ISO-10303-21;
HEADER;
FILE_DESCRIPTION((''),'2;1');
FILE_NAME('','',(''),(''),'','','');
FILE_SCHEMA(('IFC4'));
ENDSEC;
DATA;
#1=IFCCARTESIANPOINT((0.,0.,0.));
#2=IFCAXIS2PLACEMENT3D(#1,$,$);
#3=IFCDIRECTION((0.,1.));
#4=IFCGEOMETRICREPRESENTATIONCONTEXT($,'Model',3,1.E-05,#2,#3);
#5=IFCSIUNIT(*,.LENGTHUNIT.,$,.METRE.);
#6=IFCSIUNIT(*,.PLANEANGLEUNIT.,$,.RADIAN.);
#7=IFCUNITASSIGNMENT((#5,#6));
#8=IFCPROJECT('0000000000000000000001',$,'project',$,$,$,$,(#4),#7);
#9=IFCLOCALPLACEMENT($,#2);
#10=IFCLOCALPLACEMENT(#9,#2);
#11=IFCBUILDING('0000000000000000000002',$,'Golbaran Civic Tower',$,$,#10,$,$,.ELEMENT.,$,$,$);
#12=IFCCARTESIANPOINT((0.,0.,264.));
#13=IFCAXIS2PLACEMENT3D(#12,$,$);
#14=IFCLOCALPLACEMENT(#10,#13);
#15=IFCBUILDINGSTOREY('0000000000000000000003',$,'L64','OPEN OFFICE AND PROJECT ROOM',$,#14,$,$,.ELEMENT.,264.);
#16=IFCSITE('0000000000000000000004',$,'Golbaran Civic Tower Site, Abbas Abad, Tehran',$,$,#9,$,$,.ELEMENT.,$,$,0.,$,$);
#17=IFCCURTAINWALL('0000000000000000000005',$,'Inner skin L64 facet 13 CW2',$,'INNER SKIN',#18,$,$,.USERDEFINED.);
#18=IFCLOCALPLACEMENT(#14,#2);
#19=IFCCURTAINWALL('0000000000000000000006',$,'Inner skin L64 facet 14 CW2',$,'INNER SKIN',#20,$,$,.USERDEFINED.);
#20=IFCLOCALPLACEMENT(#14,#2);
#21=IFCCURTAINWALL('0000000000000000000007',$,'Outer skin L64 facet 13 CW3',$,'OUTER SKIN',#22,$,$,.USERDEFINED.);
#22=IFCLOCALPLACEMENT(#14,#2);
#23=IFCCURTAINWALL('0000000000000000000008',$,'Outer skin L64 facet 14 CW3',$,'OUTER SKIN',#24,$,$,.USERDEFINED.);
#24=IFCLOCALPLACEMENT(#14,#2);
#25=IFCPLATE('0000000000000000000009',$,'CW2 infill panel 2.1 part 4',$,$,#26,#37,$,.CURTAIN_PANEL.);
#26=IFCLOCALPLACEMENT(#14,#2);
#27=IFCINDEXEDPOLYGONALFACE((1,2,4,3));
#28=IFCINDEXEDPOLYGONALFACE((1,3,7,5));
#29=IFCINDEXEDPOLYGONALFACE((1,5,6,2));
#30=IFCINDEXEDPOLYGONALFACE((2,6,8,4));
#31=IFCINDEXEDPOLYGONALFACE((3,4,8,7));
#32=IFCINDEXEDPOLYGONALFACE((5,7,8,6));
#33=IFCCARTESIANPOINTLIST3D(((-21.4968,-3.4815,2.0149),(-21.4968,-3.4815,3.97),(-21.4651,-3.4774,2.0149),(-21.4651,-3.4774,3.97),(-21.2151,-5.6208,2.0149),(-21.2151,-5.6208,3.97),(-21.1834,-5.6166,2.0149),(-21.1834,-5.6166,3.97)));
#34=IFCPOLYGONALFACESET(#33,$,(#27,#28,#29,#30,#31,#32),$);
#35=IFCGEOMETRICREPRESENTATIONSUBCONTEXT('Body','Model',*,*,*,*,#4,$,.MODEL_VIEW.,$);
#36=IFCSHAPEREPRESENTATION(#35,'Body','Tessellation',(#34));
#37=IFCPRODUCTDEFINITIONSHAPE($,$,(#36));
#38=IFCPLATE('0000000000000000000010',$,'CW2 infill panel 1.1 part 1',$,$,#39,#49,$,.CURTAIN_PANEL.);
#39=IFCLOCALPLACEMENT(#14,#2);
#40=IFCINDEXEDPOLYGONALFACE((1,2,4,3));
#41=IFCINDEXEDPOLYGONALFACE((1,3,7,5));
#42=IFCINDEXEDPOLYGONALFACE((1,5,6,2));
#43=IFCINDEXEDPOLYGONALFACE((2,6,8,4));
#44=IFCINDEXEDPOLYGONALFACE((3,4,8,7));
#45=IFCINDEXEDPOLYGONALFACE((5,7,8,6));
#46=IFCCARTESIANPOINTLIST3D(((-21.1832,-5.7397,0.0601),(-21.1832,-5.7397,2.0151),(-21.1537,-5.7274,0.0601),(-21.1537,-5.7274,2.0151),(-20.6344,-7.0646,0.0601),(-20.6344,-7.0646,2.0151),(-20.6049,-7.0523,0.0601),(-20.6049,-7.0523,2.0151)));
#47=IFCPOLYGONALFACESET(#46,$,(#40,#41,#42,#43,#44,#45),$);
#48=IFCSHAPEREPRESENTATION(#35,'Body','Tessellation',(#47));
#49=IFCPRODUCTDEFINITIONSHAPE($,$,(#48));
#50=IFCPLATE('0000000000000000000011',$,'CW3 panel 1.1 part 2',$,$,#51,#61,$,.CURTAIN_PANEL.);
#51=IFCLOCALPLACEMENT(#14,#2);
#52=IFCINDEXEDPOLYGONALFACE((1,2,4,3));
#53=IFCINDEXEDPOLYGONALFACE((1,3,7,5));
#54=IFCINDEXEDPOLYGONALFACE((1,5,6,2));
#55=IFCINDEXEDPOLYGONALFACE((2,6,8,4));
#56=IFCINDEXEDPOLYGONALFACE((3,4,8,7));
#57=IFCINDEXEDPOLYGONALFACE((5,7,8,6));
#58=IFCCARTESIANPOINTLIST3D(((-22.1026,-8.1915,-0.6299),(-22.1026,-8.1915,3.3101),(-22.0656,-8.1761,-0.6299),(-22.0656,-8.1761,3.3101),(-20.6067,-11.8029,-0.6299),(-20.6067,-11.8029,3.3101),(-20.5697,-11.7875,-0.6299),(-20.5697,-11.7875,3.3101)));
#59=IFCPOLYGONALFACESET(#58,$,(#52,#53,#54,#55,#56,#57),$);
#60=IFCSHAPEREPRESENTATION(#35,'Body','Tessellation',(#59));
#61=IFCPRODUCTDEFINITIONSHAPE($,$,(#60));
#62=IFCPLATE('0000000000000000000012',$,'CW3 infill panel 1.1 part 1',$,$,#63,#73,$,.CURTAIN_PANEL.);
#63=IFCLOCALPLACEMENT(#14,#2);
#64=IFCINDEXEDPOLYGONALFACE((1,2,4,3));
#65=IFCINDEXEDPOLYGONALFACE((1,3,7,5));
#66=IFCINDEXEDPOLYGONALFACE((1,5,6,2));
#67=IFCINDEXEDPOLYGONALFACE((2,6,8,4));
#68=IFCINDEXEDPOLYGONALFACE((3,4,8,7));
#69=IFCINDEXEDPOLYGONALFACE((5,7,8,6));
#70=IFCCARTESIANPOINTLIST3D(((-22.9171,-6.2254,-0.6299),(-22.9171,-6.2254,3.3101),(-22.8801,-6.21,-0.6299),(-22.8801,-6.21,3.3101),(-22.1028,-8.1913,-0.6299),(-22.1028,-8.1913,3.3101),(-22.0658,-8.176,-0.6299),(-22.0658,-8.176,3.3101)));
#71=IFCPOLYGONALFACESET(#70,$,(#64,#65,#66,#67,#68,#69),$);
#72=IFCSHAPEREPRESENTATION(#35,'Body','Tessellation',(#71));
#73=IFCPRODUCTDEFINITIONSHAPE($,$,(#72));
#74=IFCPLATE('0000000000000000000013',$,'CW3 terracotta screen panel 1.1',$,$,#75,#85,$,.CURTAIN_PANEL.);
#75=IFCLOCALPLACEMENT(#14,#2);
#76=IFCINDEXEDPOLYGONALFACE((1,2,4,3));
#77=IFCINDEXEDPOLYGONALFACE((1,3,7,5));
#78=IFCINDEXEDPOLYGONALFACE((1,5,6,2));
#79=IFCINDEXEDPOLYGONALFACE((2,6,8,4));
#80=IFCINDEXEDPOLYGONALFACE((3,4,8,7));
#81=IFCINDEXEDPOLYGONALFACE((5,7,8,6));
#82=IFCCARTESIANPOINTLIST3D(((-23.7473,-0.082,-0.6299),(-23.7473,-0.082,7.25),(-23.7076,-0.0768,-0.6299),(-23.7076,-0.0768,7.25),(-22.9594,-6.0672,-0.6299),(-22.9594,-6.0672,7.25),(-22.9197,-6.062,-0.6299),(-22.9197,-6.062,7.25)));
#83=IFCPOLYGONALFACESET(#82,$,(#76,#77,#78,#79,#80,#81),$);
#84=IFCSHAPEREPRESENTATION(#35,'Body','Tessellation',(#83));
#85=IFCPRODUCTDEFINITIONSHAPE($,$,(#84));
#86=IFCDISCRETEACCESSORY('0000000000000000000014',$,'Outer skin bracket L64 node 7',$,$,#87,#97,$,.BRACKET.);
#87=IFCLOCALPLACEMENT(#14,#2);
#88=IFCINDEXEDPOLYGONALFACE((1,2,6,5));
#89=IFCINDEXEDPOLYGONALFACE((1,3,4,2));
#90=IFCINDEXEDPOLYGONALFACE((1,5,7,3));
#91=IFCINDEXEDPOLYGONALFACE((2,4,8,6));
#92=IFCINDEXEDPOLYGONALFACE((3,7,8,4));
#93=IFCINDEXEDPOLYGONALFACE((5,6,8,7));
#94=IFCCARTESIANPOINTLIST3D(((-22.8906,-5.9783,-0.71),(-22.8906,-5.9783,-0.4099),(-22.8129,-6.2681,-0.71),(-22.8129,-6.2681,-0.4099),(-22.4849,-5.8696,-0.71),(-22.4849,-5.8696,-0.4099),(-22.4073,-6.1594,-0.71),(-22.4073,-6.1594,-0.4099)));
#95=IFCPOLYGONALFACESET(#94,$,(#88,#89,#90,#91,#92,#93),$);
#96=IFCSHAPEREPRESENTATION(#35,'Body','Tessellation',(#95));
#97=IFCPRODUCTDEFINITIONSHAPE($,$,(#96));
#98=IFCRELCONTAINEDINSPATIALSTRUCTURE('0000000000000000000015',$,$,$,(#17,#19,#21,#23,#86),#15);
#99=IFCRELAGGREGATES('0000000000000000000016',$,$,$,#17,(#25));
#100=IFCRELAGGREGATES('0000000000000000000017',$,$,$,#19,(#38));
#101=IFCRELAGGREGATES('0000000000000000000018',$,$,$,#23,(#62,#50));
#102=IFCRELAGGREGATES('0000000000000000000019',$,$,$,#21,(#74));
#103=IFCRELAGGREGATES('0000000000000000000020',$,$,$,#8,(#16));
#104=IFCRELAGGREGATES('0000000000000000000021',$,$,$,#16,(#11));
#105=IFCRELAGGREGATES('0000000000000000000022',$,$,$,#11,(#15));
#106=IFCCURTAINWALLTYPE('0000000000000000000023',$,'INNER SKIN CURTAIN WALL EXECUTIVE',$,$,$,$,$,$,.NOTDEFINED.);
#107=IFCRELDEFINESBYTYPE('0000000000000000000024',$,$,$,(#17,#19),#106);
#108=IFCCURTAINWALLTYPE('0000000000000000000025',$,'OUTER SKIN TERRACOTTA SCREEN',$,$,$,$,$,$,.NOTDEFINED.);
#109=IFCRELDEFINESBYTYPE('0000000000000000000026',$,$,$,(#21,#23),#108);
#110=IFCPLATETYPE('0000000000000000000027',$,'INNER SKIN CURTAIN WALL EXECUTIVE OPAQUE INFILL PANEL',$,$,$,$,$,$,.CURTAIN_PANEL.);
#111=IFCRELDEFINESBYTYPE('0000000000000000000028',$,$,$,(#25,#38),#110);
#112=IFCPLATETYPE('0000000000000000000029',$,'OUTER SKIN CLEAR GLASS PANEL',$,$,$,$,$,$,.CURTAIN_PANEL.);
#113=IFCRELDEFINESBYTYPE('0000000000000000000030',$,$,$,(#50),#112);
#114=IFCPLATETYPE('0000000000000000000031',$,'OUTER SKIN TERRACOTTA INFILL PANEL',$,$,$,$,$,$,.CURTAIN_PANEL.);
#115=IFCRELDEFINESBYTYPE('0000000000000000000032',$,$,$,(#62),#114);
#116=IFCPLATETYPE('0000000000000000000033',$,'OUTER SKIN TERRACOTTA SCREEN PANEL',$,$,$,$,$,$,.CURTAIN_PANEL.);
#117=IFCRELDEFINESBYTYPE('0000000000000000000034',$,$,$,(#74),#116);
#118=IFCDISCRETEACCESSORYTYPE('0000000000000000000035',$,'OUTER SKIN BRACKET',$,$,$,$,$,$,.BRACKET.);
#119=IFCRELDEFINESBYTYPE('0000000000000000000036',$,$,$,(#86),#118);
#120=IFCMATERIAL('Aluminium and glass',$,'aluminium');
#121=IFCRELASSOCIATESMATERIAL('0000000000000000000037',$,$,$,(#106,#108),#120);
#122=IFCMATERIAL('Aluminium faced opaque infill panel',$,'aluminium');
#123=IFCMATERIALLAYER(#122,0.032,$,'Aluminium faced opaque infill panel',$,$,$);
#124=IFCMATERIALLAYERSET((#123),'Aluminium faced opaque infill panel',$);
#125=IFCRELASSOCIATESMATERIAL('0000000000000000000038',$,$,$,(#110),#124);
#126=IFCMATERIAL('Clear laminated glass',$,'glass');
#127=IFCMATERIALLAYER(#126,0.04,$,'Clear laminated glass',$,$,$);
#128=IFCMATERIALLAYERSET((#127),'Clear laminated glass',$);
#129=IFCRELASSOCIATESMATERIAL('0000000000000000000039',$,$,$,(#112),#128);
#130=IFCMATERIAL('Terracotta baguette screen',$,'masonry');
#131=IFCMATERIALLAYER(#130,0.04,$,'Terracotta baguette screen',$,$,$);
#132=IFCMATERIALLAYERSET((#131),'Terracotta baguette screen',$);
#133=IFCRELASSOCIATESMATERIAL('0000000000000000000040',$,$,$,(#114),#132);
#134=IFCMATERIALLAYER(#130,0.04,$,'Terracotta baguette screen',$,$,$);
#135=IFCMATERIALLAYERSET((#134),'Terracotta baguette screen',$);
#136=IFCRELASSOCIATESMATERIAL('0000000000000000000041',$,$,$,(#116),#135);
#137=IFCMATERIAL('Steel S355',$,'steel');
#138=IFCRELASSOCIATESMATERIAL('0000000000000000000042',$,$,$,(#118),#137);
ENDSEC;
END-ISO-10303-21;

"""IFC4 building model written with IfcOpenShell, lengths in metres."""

from ifc_helpers import new_model, si_unit, direction, frame, origin, origin_2d, place, context, subcontext, project, spatial, rectangle, extrude, material, layer, layer_set, type_object, element, aggregate, save


model = new_model("IFC4")

# Units and contexts
model_context = context("Model", 3, precision=1e-05, world=origin(), true_north=direction((0.0, 1.0)))
body_context = subcontext(model_context, "Body", "Model", "MODEL_VIEW")
ifc_project = project(units=[si_unit("LENGTHUNIT", "METRE"), si_unit("PLANEANGLEUNIT", "RADIAN")], contexts=[model_context])

# Site, building, storey
site_placement = place(None, origin())
site = spatial("IfcSite", under=ifc_project, at=site_placement, Name="Golbaran Civic Tower Site, Abbas Abad, Tehran", CompositionType="ELEMENT", RefElevation=0.0)
building_placement = place(site_placement, origin())
building = spatial("IfcBuilding", under=site, at=building_placement, Name="Golbaran Civic Tower", CompositionType="ELEMENT")
storey_placement = place(building_placement, frame((0.0, 0.0, 264.0)))
storey = spatial("IfcBuildingStorey", under=building, at=storey_placement, Name="L64", Description="OPEN OFFICE AND PROJECT ROOM", CompositionType="ELEMENT", Elevation=264.0)

# Shared definitions
ifc_material_1 = material(Name="Steel S355", Category="steel")

# Shared definitions
ifc_material_2 = material(Name="Aluminium and glass", Category="aluminium")
curtain_wall_type_1 = type_object("IfcCurtainWallType", Name="INNER SKIN CURTAIN WALL EXECUTIVE", PredefinedType="NOTDEFINED", material=ifc_material_2)

# Curtain wall
curtain_wall_1_placement = place(storey_placement, origin())
curtain_wall_1 = element("IfcCurtainWall", 1, at=curtain_wall_1_placement, inside=storey, type_object=curtain_wall_type_1, Name="Inner skin L64 facet 13 CW2", ObjectType="INNER SKIN", PredefinedType="USERDEFINED")

# Curtain wall
curtain_wall_2_placement = place(storey_placement, origin())
curtain_wall_2 = element("IfcCurtainWall", 2, at=curtain_wall_2_placement, inside=storey, type_object=curtain_wall_type_1, Name="Inner skin L64 facet 14 CW2", ObjectType="INNER SKIN", PredefinedType="USERDEFINED")

# Curtain walls
curtain_wall_type_2 = type_object("IfcCurtainWallType", Name="OUTER SKIN TERRACOTTA SCREEN", PredefinedType="NOTDEFINED", material=ifc_material_2)
curtain_wall_3_placement = place(storey_placement, origin())
curtain_wall_3 = element("IfcCurtainWall", 3, at=curtain_wall_3_placement, inside=storey, type_object=curtain_wall_type_2, Name="Outer skin L64 facet 13 CW3", ObjectType="OUTER SKIN", PredefinedType="USERDEFINED")
curtain_wall_4_placement = place(storey_placement, origin())
curtain_wall_4 = element("IfcCurtainWall", 4, at=curtain_wall_4_placement, inside=storey, type_object=curtain_wall_type_2, Name="Outer skin L64 facet 14 CW3", ObjectType="OUTER SKIN", PredefinedType="USERDEFINED")

# Plates
ifc_material_3 = material(Name="Aluminium faced opaque infill panel", Category="aluminium")
ifc_layer_1 = layer(ifc_material_3, 0.032, Name="Aluminium faced opaque infill panel")
ifc_layer_set_1 = layer_set([ifc_layer_1], Name="Aluminium faced opaque infill panel")
plate_type_1 = type_object("IfcPlateType", Name="INNER SKIN CURTAIN WALL EXECUTIVE OPAQUE INFILL PANEL", PredefinedType="CURTAIN_PANEL", material=ifc_layer_set_1)
plate_1_placement = place(storey_placement, frame((-21.3401, -4.5491, 2.0149), z_axis=(0.0, 0.0, 1.0), x_axis=(0.130526, -0.991445, 0.0)))
plate_1 = element("IfcPlate", 5, at=plate_1_placement, type_object=plate_type_1, Name="CW2 infill panel 2.1 part 4", PredefinedType="CURTAIN_PANEL", context=body_context, shape_type="SweptSolid", body=[
    extrude(rectangle(XDim=2.1577, YDim=0.032, at=origin_2d()), origin(), (0.0, 0.0, 1.0), 1.9551),
])
aggregate(curtain_wall_1, [plate_1])
plate_2_placement = place(storey_placement, frame((-20.894, -6.396, 0.0601), z_axis=(0.0, 0.0, 1.0), x_axis=(0.382683, -0.92388, 0.0)))
plate_2 = element("IfcPlate", 6, at=plate_2_placement, type_object=plate_type_1, Name="CW2 infill panel 1.1 part 1", PredefinedType="CURTAIN_PANEL", context=body_context, shape_type="SweptSolid", body=[
    extrude(rectangle(XDim=1.4341, YDim=0.032, at=origin_2d()), origin(), (0.0, 0.0, 1.0), 1.9551),
])
aggregate(curtain_wall_2, [plate_2])
ifc_material_4 = material(Name="Clear laminated glass", Category="glass")
ifc_layer_2 = layer(ifc_material_4, 0.04, Name="Clear laminated glass")
ifc_layer_set_2 = layer_set([ifc_layer_2], Name="Clear laminated glass")
plate_type_2 = type_object("IfcPlateType", Name="OUTER SKIN CLEAR GLASS PANEL", PredefinedType="CURTAIN_PANEL", material=ifc_layer_set_2)
plate_3_placement = place(storey_placement, frame((-21.3362, -9.9895, -0.6299), z_axis=(0.0, 0.0, 1.0), x_axis=(0.382683, -0.92388, 0.0)))
plate_3 = element("IfcPlate", 7, at=plate_3_placement, type_object=plate_type_2, Name="CW3 panel 1.1 part 2", PredefinedType="CURTAIN_PANEL", context=body_context, shape_type="SweptSolid", body=[
    extrude(rectangle(XDim=3.9089, YDim=0.04, at=origin_2d()), origin(), (0.0, 0.0, 1.0), 3.9399),
])
ifc_material_5 = material(Name="Terracotta baguette screen", Category="masonry")
ifc_layer_3 = layer(ifc_material_5, 0.04, Name="Terracotta baguette screen")
ifc_layer_set_3 = layer_set([ifc_layer_3], Name="Terracotta baguette screen")
plate_type_3 = type_object("IfcPlateType", Name="OUTER SKIN TERRACOTTA INFILL PANEL", PredefinedType="CURTAIN_PANEL", material=ifc_layer_set_3)
plate_4_placement = place(storey_placement, frame((-22.4915, -7.2007, -0.6299), z_axis=(0.0, 0.0, 1.0), x_axis=(0.382683, -0.92388, 0.0)))
plate_4 = element("IfcPlate", 8, at=plate_4_placement, type_object=plate_type_3, Name="CW3 infill panel 1.1 part 1", PredefinedType="CURTAIN_PANEL", context=body_context, shape_type="SweptSolid", body=[
    extrude(rectangle(XDim=2.1279, YDim=0.04, at=origin_2d()), origin(), (0.0, 0.0, 1.0), 3.9399),
])
aggregate(curtain_wall_4, [plate_4, plate_3])
ifc_layer_4 = layer(ifc_material_5, 0.04, Name="Terracotta baguette screen")
ifc_layer_set_4 = layer_set([ifc_layer_4], Name="Terracotta baguette screen")
plate_type_4 = type_object("IfcPlateType", Name="OUTER SKIN TERRACOTTA SCREEN PANEL", PredefinedType="CURTAIN_PANEL", material=ifc_layer_set_4)
plate_5_placement = place(storey_placement, frame((-23.3335, -3.072, -0.6299), z_axis=(0.0, 0.0, 1.0), x_axis=(0.130526, -0.991445, 0.0)))
plate_5 = element("IfcPlate", 9, at=plate_5_placement, type_object=plate_type_4, Name="CW3 terracotta screen panel 1.1", PredefinedType="CURTAIN_PANEL", context=body_context, shape_type="SweptSolid", body=[
    extrude(rectangle(XDim=6.0369, YDim=0.04, at=origin_2d()), origin(), (0.0, 0.0, 1.0), 7.8799),
])
aggregate(curtain_wall_3, [plate_5])

# Discrete accessory
discrete_accessory_type = type_object("IfcDiscreteAccessoryType", Name="OUTER SKIN BRACKET", PredefinedType="BRACKET", material=ifc_material_1)
discrete_accessory_placement = place(storey_placement, frame((-22.6489, -6.0688, -0.71), z_axis=(0.0, 0.0, 1.0), x_axis=(-0.965926, -0.258819, 0.0)))
element("IfcDiscreteAccessory", 10, at=discrete_accessory_placement, inside=storey, type_object=discrete_accessory_type, Name="Outer skin bracket L64 node 7", PredefinedType="BRACKET", context=body_context, shape_type="SweptSolid", body=[
    extrude(rectangle(XDim=0.4199, YDim=0.3, at=origin_2d()), origin(), (0.0, 0.0, 1.0), 0.3),
])

save(model, "model.ifc")
